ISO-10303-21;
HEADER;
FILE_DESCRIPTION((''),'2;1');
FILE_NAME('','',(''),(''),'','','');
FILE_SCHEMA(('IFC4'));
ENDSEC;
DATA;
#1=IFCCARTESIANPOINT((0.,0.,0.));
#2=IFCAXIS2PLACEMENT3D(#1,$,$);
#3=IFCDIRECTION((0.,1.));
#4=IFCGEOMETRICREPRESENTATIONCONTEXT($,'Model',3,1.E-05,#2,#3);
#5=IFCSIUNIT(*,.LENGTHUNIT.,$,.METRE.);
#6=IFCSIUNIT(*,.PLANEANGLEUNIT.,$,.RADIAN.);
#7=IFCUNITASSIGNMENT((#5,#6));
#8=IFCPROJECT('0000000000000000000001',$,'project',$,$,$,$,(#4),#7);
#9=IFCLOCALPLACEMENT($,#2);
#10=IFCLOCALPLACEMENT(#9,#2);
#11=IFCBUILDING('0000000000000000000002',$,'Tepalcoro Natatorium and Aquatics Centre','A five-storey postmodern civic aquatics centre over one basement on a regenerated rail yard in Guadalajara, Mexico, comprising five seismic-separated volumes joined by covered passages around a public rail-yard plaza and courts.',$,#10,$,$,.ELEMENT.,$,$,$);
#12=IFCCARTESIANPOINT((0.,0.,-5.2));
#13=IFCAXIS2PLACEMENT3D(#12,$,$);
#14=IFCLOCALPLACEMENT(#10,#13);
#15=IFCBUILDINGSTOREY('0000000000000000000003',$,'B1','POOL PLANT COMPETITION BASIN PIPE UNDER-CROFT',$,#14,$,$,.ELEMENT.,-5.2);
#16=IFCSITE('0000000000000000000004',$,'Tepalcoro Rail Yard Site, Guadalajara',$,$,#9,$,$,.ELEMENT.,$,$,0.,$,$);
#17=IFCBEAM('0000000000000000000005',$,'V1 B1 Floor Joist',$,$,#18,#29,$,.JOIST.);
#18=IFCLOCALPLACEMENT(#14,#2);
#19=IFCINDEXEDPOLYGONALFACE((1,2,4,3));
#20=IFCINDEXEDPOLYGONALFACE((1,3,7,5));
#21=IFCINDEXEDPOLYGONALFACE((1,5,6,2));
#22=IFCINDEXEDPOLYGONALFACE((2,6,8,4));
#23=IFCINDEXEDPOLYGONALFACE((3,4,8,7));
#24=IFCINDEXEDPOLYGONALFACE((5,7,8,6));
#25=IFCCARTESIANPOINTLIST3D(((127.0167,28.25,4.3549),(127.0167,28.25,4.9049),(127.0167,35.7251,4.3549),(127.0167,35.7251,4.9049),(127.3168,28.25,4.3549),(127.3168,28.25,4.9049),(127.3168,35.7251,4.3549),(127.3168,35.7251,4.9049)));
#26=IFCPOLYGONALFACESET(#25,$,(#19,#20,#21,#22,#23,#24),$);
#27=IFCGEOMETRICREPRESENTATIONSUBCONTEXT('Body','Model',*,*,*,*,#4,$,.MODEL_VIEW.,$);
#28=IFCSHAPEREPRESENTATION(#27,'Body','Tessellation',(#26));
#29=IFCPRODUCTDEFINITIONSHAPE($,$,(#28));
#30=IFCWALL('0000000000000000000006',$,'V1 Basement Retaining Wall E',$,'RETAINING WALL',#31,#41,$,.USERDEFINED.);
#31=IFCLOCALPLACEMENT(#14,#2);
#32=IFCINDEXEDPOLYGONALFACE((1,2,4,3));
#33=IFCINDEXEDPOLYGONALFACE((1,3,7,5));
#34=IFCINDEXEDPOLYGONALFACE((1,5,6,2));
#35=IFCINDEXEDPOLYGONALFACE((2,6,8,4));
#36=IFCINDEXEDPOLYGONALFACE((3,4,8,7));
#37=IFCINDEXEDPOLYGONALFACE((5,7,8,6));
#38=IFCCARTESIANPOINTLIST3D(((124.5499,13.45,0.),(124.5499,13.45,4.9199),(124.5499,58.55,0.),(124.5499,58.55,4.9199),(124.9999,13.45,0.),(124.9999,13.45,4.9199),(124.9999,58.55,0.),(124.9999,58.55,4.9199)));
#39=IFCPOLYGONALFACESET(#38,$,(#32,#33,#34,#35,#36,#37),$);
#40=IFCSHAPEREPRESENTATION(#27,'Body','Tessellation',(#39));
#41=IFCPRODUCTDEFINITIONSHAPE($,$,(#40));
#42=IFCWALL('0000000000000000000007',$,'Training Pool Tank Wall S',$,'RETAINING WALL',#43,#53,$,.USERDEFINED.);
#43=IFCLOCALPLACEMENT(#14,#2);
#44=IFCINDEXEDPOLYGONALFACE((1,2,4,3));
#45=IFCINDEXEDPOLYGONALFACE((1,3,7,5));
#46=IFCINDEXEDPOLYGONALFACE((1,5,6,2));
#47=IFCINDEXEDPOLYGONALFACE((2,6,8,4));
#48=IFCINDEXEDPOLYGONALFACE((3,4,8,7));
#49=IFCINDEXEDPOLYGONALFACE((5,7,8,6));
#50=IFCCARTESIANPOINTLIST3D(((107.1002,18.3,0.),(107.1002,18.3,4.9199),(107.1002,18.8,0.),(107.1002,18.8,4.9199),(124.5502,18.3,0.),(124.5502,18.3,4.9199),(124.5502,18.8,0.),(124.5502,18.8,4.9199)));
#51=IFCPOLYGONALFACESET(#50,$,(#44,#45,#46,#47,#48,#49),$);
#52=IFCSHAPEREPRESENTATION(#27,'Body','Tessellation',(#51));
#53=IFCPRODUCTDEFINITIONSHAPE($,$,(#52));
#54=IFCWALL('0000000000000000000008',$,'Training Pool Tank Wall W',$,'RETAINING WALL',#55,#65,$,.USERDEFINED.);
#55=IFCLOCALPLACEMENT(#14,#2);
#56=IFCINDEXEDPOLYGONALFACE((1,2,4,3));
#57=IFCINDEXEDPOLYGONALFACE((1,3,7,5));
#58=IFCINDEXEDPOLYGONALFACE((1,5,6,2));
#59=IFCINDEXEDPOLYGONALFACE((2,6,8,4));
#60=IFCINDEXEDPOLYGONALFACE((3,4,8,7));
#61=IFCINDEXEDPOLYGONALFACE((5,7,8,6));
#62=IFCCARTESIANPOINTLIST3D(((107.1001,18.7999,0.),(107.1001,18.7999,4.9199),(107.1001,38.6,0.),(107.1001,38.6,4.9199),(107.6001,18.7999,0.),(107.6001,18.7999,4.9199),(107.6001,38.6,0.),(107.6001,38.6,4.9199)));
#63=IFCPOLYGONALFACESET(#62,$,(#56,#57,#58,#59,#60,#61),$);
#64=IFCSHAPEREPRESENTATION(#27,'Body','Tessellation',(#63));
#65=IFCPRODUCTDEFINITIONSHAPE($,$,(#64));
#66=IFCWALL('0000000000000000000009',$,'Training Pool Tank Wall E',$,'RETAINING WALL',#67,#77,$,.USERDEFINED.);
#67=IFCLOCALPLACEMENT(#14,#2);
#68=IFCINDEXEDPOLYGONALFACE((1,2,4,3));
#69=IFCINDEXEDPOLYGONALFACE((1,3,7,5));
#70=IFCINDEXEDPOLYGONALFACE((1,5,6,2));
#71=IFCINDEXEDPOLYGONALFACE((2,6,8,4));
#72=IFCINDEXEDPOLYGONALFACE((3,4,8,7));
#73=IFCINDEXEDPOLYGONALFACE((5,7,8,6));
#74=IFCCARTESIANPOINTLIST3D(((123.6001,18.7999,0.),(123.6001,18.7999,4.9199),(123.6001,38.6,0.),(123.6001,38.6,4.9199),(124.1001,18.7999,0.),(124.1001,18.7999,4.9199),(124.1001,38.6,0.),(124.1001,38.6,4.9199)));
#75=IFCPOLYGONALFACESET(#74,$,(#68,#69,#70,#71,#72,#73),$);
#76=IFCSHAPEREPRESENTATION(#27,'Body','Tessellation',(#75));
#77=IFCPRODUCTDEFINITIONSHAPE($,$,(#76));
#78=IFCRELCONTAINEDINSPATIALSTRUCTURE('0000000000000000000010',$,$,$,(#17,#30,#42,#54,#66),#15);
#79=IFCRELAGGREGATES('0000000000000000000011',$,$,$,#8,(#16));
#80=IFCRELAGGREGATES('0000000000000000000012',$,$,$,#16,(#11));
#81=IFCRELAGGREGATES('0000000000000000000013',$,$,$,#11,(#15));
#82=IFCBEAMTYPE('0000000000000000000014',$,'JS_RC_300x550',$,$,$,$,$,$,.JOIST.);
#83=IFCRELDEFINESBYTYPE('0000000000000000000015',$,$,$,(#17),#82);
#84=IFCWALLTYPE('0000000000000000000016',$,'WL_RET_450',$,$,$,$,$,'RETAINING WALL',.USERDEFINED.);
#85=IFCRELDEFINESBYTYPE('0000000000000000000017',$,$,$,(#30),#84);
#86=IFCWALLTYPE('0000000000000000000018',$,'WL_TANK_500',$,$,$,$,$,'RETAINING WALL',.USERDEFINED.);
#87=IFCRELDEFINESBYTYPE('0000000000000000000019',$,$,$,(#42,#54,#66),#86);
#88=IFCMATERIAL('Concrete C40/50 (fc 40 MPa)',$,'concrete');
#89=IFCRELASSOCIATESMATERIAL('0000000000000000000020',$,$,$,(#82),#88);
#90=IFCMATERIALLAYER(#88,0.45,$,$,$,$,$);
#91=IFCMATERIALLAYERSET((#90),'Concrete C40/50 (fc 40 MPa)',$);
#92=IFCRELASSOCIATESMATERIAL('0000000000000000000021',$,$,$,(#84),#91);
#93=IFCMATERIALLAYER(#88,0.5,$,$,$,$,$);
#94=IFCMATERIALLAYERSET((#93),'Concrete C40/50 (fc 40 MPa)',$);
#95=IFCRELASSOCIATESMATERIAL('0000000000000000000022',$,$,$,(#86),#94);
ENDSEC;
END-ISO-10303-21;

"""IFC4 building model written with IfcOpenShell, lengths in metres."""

from ifc_helpers import new_model, si_unit, direction, frame, frame_2d, origin, origin_2d, place, context, subcontext, project, spatial, rectangle, extrude, material, layer, layer_set, material_profile, profile_set, type_object, element, save


model = new_model("IFC4")

# Units and contexts
model_context = context("Model", 3, precision=1e-05, world=origin(), true_north=direction((0.0, 1.0)))
body_context = subcontext(model_context, "Body", "Model", "MODEL_VIEW")
ifc_project = project(units=[si_unit("LENGTHUNIT", "METRE"), si_unit("PLANEANGLEUNIT", "RADIAN")], contexts=[model_context])

# Site, building, storey
site_placement = place(None, origin())
site = spatial("IfcSite", under=ifc_project, at=site_placement, Name="Tepalcoro Rail Yard Site, Guadalajara", CompositionType="ELEMENT", RefElevation=0.0)
building_placement = place(site_placement, origin())
building = spatial("IfcBuilding", under=site, at=building_placement, Name="Tepalcoro Natatorium and Aquatics Centre", Description="A five-storey postmodern civic aquatics centre over one basement on a regenerated rail yard in Guadalajara, Mexico, comprising five seismic-separated volumes joined by covered passages around a public rail-yard plaza and courts.", CompositionType="ELEMENT")
storey_placement = place(building_placement, frame((0.0, 0.0, -5.2)))
storey = spatial("IfcBuildingStorey", under=building, at=storey_placement, Name="B1", Description="POOL PLANT COMPETITION BASIN PIPE UNDER-CROFT", CompositionType="ELEMENT", Elevation=-5.2)

# Shared definitions
ifc_material = material(Name="Concrete C40/50 (fc 40 MPa)", Category="concrete")

# Beam
ifc_material_profile_1 = material_profile(ifc_material, rectangle(XDim=0.3, YDim=0.55, at=origin_2d()), Name="RCJ300x550")
ifc_profile_set_1 = profile_set([ifc_material_profile_1], Name="Concrete C40/50 (fc 40 MPa)")
beam_type_1 = type_object("IfcBeamType", Name="JS_RC_300x550", PredefinedType="JOIST", material=ifc_profile_set_1)
beam_1_placement = place(storey_placement, frame((127.1667, 28.25, 4.6299), z_axis=(0.0, 1.0, 0.0), x_axis=(-1.0, 0.0, 0.0)))
element("IfcBeam", 1, at=beam_1_placement, inside=storey, type_object=beam_type_1, Name="V1 B1 Floor Joist", PredefinedType="JOIST", context=body_context, shape_type="SweptSolid", body=[
    extrude(rectangle(XDim=0.3, YDim=0.55, at=origin_2d()), origin(), (0.0, 0.0, 1.0), 7.4751),
])

# Walls
ifc_layer_1 = layer(ifc_material, 0.45)
ifc_layer_set_1 = layer_set([ifc_layer_1], Name="Concrete C40/50 (fc 40 MPa)")
wall_type_1 = type_object("IfcWallType", Name="WL_RET_450", ElementType="RETAINING WALL", PredefinedType="USERDEFINED", material=ifc_layer_set_1)
wall_1_placement = place(storey_placement, frame((124.7749, 13.45, 0.0), z_axis=(0.0, 0.0, 1.0), x_axis=(0.0, 1.0, 0.0)))
element("IfcWall", 2, at=wall_1_placement, inside=storey, type_object=wall_type_1, Name="V1 Basement Retaining Wall E", ObjectType="RETAINING WALL", PredefinedType="USERDEFINED", context=body_context, shape_type="SweptSolid", body=[
    extrude(rectangle(XDim=45.1001, YDim=0.45, at=frame_2d((22.55, 0.0))), origin(), (0.0, 0.0, 1.0), 4.9199),
])
ifc_layer_2 = layer(ifc_material, 0.5)
ifc_layer_set_2 = layer_set([ifc_layer_2], Name="Concrete C40/50 (fc 40 MPa)")
wall_type_2 = type_object("IfcWallType", Name="WL_TANK_500", ElementType="RETAINING WALL", PredefinedType="USERDEFINED", material=ifc_layer_set_2)
wall_2_placement = place(storey_placement, frame((107.1001, 18.55, 0.0), z_axis=(0.0, 0.0, 1.0), x_axis=(1.0, 0.0, 0.0)))
element("IfcWall", 3, at=wall_2_placement, inside=storey, type_object=wall_type_2, Name="Training Pool Tank Wall S", ObjectType="RETAINING WALL", PredefinedType="USERDEFINED", context=body_context, shape_type="SweptSolid", body=[
    extrude(rectangle(XDim=17.45, YDim=0.5, at=frame_2d((8.7251, 0.0))), origin(), (0.0, 0.0, 1.0), 4.9199),
])
for number, where, z_axis, x_axis, name in (
    (4, (107.3501, 18.8, 0.0), (0.0, 0.0, 1.0), (0.0, 1.0, 0.0), "Training Pool Tank Wall W"),
    (5, (123.8501, 18.8, 0.0), (0.0, 0.0, 1.0), (0.0, 1.0, 0.0), "Training Pool Tank Wall E"),
):
    element("IfcWall", number, at=place(storey_placement, frame(where, z_axis=z_axis, x_axis=x_axis)), inside=storey, type_object=wall_type_2, Name=name, ObjectType="RETAINING WALL", PredefinedType="USERDEFINED", context=body_context, shape_type="SweptSolid", body=[
        extrude(rectangle(XDim=19.8, YDim=0.5, at=frame_2d((9.8999, 0.0))), origin(), (0.0, 0.0, 1.0), 4.9199),
    ])

save(model, "model.ifc")
